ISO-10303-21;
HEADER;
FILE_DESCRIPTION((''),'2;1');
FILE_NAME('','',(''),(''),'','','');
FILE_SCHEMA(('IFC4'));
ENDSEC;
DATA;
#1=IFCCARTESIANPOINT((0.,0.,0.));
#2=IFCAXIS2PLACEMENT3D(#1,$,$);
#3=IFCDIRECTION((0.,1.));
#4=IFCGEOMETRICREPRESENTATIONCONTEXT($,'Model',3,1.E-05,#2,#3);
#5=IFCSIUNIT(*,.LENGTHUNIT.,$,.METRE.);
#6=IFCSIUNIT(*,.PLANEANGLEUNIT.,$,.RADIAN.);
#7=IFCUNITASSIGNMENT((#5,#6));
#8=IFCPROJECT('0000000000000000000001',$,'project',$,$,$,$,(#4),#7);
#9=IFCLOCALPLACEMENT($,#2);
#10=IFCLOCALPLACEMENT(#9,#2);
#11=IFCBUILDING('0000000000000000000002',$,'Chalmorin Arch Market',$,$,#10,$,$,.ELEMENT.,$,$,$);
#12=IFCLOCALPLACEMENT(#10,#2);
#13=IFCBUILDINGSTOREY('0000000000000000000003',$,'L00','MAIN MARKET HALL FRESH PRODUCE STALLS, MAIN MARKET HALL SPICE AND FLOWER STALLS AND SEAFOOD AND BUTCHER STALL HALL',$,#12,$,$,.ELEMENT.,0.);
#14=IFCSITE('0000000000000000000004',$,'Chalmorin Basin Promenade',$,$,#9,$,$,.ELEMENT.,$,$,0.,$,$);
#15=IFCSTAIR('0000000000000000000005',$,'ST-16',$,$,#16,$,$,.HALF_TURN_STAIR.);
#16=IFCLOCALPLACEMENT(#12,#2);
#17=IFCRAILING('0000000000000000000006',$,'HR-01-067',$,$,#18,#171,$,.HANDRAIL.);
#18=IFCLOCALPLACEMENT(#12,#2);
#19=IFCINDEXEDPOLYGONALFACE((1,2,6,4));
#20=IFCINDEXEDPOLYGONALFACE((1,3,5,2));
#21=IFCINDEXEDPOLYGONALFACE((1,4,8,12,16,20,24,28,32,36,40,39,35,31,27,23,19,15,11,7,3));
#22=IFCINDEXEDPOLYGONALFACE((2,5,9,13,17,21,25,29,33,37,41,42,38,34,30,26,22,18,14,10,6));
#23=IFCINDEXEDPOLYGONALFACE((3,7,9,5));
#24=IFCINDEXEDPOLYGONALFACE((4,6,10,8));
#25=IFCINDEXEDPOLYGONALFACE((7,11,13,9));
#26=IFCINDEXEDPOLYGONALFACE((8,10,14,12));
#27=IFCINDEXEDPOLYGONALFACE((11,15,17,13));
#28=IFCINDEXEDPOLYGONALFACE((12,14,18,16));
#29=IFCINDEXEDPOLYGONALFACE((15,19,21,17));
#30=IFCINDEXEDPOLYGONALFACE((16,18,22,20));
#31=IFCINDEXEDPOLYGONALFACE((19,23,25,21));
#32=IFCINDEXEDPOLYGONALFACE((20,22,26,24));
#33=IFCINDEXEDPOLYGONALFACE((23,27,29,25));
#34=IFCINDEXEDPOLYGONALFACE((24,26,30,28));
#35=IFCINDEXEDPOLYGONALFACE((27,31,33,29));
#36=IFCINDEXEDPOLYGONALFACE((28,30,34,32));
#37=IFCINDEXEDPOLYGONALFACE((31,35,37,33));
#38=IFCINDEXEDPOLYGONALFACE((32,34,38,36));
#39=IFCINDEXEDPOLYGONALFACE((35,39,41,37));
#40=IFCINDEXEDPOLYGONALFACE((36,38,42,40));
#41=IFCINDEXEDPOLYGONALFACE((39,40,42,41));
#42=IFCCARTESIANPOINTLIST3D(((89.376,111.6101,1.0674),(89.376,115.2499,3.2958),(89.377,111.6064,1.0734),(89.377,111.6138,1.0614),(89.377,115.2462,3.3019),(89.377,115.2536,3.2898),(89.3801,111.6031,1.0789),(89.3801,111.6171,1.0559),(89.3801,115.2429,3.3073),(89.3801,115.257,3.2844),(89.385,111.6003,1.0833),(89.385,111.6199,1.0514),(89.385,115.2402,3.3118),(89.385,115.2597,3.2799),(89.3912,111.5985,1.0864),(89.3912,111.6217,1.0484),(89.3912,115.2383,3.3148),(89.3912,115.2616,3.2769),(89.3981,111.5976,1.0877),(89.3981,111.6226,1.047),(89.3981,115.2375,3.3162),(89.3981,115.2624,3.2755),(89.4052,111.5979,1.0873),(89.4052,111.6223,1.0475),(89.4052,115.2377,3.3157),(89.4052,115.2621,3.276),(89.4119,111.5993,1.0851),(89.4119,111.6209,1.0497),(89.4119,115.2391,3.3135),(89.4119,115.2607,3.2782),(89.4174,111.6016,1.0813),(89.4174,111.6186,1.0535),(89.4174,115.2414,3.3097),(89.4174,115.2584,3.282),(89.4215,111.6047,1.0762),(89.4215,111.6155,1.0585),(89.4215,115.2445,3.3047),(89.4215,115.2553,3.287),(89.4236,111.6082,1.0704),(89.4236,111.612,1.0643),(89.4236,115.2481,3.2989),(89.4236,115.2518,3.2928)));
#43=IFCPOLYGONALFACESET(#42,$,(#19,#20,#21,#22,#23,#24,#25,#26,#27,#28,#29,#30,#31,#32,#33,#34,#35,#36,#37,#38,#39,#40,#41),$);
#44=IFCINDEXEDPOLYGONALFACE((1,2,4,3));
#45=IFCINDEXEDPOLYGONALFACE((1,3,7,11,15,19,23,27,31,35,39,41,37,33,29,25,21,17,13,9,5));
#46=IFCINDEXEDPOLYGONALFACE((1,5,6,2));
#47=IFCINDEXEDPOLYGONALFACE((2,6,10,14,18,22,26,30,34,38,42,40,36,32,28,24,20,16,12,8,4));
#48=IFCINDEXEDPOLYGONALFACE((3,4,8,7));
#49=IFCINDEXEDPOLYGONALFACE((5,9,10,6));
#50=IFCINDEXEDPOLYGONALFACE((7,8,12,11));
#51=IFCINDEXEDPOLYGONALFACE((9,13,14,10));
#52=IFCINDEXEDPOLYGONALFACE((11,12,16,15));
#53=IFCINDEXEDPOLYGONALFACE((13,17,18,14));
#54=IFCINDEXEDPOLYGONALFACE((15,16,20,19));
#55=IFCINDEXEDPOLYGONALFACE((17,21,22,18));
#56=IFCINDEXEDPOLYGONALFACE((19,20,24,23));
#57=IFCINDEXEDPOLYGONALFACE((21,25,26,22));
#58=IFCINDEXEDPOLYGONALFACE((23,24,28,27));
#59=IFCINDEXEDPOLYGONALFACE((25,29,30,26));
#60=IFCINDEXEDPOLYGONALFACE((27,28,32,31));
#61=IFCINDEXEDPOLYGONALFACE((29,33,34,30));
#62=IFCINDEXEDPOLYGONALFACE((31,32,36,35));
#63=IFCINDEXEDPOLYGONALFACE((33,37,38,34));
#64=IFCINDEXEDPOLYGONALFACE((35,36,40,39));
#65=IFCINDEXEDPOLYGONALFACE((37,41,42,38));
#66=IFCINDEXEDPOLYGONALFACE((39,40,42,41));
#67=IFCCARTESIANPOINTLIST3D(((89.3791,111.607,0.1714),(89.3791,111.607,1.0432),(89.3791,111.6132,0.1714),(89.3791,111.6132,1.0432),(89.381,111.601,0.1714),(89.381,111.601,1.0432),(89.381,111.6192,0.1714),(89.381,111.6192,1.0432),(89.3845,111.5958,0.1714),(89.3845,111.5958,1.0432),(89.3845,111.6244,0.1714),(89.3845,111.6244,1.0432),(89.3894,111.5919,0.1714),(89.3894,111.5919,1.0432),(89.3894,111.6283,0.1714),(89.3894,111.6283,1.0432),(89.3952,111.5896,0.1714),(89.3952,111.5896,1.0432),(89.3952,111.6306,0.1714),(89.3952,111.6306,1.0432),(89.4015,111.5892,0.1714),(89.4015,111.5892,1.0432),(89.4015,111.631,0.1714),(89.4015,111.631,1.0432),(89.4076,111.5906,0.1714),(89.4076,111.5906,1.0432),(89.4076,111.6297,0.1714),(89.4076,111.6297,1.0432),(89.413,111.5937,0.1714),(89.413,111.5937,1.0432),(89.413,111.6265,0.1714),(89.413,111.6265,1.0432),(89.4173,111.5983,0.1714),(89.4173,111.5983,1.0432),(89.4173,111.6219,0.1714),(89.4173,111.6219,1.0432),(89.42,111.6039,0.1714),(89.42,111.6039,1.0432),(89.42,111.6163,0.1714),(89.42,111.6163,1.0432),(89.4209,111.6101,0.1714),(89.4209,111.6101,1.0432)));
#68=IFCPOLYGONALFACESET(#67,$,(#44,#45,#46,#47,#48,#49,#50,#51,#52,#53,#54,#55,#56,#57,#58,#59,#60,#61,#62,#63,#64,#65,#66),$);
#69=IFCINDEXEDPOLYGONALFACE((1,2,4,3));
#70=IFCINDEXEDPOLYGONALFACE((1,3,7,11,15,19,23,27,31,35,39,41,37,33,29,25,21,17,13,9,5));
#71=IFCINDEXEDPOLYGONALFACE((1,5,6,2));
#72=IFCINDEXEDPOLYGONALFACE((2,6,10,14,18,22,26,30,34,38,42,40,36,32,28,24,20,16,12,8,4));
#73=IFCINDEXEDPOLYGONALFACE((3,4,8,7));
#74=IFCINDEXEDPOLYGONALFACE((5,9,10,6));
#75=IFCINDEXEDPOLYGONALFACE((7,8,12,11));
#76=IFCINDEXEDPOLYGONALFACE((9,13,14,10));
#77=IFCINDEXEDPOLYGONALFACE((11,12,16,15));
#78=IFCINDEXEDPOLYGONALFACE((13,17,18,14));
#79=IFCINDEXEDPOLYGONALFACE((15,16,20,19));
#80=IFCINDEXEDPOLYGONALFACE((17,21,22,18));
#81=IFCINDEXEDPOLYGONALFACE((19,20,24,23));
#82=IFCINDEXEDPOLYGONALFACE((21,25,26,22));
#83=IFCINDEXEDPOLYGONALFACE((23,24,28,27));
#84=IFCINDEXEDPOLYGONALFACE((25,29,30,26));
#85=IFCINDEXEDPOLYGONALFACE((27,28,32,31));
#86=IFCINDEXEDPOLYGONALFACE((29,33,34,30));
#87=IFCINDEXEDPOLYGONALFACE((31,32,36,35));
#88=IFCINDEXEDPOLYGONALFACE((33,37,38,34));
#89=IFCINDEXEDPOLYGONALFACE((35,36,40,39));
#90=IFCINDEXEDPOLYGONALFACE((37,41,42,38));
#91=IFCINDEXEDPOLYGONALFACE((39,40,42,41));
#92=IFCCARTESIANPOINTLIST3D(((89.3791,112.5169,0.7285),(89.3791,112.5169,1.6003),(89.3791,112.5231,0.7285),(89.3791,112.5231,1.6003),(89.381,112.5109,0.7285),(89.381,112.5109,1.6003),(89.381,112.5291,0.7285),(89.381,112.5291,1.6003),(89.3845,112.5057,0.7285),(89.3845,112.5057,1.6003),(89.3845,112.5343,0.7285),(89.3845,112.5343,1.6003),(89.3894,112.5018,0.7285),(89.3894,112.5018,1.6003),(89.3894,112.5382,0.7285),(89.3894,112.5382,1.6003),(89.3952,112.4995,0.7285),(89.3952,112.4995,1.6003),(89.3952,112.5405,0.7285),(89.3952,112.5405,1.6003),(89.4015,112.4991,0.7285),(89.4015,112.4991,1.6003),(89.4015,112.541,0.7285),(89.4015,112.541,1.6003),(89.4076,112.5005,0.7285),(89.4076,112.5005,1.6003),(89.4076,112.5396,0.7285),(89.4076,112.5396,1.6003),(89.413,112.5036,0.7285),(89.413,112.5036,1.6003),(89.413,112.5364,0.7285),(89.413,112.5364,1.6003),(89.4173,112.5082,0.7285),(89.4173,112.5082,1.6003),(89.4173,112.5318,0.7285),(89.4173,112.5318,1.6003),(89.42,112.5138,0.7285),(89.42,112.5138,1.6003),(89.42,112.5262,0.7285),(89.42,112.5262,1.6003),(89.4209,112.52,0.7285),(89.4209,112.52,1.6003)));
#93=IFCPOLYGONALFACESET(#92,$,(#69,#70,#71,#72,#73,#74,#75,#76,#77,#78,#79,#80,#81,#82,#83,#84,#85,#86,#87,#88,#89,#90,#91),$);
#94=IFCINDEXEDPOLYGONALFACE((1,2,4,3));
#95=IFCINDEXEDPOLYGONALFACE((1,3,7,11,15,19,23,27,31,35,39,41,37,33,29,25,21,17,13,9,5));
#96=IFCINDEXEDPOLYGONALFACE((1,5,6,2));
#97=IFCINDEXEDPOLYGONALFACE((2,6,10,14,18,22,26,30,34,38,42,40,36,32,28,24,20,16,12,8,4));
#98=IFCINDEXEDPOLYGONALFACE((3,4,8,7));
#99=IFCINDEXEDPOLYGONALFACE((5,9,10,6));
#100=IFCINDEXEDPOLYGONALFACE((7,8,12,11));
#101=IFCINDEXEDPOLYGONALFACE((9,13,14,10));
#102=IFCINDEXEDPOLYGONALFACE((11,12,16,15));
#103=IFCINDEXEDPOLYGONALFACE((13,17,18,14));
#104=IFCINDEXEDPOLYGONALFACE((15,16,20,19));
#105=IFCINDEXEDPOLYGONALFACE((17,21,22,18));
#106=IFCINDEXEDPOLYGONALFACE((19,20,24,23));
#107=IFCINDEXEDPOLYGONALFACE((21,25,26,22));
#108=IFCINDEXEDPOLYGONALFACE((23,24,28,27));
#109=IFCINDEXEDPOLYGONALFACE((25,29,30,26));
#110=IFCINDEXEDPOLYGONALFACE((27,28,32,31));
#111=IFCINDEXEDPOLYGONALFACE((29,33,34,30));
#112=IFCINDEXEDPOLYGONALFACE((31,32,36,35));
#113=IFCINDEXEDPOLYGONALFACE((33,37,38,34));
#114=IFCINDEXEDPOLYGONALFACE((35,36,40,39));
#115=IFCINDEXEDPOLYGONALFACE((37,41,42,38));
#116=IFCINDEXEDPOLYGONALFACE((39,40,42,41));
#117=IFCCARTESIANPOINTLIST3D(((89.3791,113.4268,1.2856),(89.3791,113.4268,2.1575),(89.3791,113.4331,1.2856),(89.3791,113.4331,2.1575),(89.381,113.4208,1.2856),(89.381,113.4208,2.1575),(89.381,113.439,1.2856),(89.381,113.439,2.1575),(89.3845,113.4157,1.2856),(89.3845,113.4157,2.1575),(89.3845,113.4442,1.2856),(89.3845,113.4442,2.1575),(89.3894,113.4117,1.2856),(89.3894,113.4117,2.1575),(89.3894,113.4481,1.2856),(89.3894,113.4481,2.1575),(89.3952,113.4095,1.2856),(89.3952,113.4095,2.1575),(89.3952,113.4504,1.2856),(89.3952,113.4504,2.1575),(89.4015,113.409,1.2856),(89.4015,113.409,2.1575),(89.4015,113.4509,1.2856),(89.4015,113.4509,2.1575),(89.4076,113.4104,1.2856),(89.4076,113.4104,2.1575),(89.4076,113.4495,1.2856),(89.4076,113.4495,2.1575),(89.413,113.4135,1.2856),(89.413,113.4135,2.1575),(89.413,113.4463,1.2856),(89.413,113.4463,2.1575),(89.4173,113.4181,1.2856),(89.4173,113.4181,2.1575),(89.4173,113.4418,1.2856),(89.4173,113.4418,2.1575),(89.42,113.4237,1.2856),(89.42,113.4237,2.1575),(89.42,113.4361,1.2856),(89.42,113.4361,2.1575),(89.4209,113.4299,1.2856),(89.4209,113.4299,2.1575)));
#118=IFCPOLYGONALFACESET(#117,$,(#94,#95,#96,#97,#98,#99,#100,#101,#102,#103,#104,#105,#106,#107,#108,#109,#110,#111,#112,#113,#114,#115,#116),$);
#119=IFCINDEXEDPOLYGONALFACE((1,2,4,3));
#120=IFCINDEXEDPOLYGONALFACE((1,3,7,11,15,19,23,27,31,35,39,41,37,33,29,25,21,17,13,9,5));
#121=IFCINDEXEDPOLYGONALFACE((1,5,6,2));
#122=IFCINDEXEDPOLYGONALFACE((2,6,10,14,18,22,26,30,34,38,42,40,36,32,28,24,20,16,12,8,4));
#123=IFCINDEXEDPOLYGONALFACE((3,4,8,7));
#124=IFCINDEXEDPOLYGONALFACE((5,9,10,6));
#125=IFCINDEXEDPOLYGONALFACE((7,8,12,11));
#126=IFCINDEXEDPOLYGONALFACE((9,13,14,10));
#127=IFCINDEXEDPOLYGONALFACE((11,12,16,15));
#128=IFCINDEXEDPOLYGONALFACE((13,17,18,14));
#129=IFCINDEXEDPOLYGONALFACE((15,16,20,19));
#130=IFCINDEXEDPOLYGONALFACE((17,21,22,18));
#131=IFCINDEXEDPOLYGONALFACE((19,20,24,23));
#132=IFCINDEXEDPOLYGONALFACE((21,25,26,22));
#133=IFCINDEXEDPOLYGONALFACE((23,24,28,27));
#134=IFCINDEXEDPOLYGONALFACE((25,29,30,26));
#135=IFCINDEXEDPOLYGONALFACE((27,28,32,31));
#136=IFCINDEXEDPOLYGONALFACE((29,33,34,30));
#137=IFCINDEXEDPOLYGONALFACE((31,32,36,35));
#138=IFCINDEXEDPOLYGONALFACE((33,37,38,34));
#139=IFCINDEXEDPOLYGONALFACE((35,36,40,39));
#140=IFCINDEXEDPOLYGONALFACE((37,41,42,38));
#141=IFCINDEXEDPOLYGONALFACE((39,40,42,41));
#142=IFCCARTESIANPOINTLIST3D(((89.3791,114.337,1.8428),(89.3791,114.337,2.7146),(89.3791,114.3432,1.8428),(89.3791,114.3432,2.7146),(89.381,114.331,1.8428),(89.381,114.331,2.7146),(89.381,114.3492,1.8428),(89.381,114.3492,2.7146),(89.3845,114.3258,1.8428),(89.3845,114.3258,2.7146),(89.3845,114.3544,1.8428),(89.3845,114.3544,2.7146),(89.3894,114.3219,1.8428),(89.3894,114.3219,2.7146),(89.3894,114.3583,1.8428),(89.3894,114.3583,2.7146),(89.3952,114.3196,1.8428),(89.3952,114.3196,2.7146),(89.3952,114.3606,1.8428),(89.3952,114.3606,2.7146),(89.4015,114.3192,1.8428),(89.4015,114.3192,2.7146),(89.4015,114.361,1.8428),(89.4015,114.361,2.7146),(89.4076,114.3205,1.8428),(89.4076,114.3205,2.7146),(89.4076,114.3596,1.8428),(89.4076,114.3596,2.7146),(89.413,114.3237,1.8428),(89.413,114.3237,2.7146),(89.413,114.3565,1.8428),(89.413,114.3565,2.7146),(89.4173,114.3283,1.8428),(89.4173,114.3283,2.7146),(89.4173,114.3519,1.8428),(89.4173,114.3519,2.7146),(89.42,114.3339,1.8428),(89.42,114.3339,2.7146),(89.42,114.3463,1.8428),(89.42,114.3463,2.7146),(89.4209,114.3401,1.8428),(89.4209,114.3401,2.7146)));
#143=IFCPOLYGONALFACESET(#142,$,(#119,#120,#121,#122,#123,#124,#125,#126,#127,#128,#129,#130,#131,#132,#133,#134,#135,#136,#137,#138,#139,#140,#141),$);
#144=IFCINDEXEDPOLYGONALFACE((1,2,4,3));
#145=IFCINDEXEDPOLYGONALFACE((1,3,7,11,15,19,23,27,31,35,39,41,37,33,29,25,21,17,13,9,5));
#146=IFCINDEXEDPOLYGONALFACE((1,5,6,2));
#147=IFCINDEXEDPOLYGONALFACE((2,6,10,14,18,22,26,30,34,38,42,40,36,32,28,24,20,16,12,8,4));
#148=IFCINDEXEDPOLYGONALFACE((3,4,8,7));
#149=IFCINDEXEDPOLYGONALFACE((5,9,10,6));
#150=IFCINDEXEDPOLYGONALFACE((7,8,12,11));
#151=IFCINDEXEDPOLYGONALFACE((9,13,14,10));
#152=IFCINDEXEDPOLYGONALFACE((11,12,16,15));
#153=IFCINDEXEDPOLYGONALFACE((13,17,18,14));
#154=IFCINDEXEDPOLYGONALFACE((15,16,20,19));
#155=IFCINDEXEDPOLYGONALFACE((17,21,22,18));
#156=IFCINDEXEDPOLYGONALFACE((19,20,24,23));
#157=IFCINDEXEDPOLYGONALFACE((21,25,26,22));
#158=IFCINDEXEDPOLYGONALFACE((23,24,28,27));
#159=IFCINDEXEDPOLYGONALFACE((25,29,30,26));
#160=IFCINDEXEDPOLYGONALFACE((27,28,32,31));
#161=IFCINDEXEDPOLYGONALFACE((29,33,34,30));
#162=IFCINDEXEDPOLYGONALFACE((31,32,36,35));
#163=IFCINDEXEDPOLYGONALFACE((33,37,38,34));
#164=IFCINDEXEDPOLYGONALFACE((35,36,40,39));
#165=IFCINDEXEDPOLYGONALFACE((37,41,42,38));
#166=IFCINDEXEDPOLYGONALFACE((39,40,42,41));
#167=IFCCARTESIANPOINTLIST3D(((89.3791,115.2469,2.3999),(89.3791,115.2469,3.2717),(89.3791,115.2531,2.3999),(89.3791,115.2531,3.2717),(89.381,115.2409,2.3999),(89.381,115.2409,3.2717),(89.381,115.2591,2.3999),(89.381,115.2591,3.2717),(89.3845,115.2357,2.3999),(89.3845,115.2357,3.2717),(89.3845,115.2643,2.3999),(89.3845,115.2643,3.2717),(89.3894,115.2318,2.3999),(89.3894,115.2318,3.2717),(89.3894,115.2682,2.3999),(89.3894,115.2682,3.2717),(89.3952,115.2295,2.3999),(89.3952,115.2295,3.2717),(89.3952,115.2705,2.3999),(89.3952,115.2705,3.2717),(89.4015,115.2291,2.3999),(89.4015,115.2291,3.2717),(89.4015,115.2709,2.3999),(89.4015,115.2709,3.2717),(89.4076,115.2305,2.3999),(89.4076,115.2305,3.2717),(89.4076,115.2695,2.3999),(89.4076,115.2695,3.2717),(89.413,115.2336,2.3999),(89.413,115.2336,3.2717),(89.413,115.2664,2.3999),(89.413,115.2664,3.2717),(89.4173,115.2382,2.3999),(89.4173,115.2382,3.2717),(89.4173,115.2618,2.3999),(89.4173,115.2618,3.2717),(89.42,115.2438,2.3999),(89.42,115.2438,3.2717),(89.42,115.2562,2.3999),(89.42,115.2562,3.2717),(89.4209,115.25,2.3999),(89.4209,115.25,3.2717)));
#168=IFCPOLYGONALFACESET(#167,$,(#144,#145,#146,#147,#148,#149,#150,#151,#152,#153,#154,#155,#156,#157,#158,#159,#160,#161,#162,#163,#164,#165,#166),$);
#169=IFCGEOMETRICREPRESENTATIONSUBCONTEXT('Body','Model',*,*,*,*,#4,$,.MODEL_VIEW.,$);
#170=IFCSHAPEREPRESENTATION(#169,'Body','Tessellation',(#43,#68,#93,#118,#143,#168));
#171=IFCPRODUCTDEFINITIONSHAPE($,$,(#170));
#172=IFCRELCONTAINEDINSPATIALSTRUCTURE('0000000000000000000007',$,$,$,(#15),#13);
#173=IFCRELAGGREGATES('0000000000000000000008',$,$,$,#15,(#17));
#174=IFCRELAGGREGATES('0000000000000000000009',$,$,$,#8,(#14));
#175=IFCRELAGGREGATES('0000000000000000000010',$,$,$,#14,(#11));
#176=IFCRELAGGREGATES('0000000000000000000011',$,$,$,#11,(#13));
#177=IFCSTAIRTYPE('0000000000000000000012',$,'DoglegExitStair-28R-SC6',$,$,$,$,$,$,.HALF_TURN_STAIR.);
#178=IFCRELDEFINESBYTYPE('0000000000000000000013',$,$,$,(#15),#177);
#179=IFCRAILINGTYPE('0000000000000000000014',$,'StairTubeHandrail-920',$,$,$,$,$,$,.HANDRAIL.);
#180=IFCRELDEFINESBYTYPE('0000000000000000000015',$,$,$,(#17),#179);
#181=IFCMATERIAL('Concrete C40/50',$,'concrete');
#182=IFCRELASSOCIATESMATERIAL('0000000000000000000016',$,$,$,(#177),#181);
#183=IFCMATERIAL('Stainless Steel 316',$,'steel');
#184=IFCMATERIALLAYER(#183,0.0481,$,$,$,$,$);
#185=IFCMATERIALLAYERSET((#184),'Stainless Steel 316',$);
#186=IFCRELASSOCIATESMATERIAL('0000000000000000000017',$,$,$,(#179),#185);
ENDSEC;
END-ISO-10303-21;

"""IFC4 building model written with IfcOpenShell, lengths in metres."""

from ifc_helpers import new_model, si_unit, direction, frame, origin, origin_2d, place, context, subcontext, project, spatial, circle, extrude, material, layer, layer_set, type_object, element, aggregate, save


model = new_model("IFC4")

# Units and contexts
model_context = context("Model", 3, precision=1e-05, world=origin(), true_north=direction((0.0, 1.0)))
body_context = subcontext(model_context, "Body", "Model", "MODEL_VIEW")
ifc_project = project(units=[si_unit("LENGTHUNIT", "METRE"), si_unit("PLANEANGLEUNIT", "RADIAN")], contexts=[model_context])

# Site, building, storey
site_placement = place(None, origin())
site = spatial("IfcSite", under=ifc_project, at=site_placement, Name="Chalmorin Basin Promenade", CompositionType="ELEMENT", RefElevation=0.0)
building_placement = place(site_placement, origin())
building = spatial("IfcBuilding", under=site, at=building_placement, Name="Chalmorin Arch Market", CompositionType="ELEMENT")
storey_placement = place(building_placement, origin())
storey = spatial("IfcBuildingStorey", under=building, at=storey_placement, Name="L00", Description="MAIN MARKET HALL FRESH PRODUCE STALLS, MAIN MARKET HALL SPICE AND FLOWER STALLS AND SEAFOOD AND BUTCHER STALL HALL", CompositionType="ELEMENT", Elevation=0.0)

# Shared definitions
ifc_material_1 = material(Name="Concrete C40/50", Category="concrete")

# Shared definitions
ifc_material_2 = material(Name="Stainless Steel 316", Category="steel")

# Stair, railing
stair_type = type_object("IfcStairType", Name="DoglegExitStair-28R-SC6", PredefinedType="HALF_TURN_STAIR", material=ifc_material_1)
stair_placement = place(storey_placement, origin())
stair = element("IfcStair", 1, at=stair_placement, inside=storey, type_object=stair_type, Name="ST-16", PredefinedType="HALF_TURN_STAIR")
ifc_layer_1 = layer(ifc_material_2, 0.0481)
ifc_layer_set_1 = layer_set([ifc_layer_1], Name="Stainless Steel 316")
railing_type_1 = type_object("IfcRailingType", Name="StairTubeHandrail-920", PredefinedType="HANDRAIL", material=ifc_layer_set_1)
railing_1_placement = place(storey_placement, frame((89.3999, 111.6101, 0.1714)))
railing_1 = element("IfcRailing", 2, at=railing_1_placement, type_object=railing_type_1, Name="HR-01-067", PredefinedType="HANDRAIL", context=body_context, shape_type="SweptSolid", body=[
    extrude(circle(Radius=0.0239, at=origin_2d()), frame((0.0, 0.0, 0.896), z_axis=(0.0, 0.85285, 0.522156), x_axis=(-1.0, 0.0, 0.0)), (0.0, 0.0, 1.0), 4.2678),
    extrude(circle(Radius=0.021, at=origin_2d()), origin(), (0.0, 0.0, 1.0), 0.8718),
    extrude(circle(Radius=0.021, at=origin_2d()), frame((0.0, 0.9099, 0.5571)), (0.0, 0.0, 1.0), 0.8718),
    extrude(circle(Radius=0.021, at=origin_2d()), frame((0.0, 1.8198, 1.1143)), (0.0, 0.0, 1.0), 0.8718),
    extrude(circle(Radius=0.021, at=origin_2d()), frame((0.0, 2.73, 1.6714)), (0.0, 0.0, 1.0), 0.8718),
    extrude(circle(Radius=0.021, at=origin_2d()), frame((0.0, 3.6399, 2.2285)), (0.0, 0.0, 1.0), 0.8718),
])
aggregate(stair, [railing_1])

save(model, "model.ifc")
